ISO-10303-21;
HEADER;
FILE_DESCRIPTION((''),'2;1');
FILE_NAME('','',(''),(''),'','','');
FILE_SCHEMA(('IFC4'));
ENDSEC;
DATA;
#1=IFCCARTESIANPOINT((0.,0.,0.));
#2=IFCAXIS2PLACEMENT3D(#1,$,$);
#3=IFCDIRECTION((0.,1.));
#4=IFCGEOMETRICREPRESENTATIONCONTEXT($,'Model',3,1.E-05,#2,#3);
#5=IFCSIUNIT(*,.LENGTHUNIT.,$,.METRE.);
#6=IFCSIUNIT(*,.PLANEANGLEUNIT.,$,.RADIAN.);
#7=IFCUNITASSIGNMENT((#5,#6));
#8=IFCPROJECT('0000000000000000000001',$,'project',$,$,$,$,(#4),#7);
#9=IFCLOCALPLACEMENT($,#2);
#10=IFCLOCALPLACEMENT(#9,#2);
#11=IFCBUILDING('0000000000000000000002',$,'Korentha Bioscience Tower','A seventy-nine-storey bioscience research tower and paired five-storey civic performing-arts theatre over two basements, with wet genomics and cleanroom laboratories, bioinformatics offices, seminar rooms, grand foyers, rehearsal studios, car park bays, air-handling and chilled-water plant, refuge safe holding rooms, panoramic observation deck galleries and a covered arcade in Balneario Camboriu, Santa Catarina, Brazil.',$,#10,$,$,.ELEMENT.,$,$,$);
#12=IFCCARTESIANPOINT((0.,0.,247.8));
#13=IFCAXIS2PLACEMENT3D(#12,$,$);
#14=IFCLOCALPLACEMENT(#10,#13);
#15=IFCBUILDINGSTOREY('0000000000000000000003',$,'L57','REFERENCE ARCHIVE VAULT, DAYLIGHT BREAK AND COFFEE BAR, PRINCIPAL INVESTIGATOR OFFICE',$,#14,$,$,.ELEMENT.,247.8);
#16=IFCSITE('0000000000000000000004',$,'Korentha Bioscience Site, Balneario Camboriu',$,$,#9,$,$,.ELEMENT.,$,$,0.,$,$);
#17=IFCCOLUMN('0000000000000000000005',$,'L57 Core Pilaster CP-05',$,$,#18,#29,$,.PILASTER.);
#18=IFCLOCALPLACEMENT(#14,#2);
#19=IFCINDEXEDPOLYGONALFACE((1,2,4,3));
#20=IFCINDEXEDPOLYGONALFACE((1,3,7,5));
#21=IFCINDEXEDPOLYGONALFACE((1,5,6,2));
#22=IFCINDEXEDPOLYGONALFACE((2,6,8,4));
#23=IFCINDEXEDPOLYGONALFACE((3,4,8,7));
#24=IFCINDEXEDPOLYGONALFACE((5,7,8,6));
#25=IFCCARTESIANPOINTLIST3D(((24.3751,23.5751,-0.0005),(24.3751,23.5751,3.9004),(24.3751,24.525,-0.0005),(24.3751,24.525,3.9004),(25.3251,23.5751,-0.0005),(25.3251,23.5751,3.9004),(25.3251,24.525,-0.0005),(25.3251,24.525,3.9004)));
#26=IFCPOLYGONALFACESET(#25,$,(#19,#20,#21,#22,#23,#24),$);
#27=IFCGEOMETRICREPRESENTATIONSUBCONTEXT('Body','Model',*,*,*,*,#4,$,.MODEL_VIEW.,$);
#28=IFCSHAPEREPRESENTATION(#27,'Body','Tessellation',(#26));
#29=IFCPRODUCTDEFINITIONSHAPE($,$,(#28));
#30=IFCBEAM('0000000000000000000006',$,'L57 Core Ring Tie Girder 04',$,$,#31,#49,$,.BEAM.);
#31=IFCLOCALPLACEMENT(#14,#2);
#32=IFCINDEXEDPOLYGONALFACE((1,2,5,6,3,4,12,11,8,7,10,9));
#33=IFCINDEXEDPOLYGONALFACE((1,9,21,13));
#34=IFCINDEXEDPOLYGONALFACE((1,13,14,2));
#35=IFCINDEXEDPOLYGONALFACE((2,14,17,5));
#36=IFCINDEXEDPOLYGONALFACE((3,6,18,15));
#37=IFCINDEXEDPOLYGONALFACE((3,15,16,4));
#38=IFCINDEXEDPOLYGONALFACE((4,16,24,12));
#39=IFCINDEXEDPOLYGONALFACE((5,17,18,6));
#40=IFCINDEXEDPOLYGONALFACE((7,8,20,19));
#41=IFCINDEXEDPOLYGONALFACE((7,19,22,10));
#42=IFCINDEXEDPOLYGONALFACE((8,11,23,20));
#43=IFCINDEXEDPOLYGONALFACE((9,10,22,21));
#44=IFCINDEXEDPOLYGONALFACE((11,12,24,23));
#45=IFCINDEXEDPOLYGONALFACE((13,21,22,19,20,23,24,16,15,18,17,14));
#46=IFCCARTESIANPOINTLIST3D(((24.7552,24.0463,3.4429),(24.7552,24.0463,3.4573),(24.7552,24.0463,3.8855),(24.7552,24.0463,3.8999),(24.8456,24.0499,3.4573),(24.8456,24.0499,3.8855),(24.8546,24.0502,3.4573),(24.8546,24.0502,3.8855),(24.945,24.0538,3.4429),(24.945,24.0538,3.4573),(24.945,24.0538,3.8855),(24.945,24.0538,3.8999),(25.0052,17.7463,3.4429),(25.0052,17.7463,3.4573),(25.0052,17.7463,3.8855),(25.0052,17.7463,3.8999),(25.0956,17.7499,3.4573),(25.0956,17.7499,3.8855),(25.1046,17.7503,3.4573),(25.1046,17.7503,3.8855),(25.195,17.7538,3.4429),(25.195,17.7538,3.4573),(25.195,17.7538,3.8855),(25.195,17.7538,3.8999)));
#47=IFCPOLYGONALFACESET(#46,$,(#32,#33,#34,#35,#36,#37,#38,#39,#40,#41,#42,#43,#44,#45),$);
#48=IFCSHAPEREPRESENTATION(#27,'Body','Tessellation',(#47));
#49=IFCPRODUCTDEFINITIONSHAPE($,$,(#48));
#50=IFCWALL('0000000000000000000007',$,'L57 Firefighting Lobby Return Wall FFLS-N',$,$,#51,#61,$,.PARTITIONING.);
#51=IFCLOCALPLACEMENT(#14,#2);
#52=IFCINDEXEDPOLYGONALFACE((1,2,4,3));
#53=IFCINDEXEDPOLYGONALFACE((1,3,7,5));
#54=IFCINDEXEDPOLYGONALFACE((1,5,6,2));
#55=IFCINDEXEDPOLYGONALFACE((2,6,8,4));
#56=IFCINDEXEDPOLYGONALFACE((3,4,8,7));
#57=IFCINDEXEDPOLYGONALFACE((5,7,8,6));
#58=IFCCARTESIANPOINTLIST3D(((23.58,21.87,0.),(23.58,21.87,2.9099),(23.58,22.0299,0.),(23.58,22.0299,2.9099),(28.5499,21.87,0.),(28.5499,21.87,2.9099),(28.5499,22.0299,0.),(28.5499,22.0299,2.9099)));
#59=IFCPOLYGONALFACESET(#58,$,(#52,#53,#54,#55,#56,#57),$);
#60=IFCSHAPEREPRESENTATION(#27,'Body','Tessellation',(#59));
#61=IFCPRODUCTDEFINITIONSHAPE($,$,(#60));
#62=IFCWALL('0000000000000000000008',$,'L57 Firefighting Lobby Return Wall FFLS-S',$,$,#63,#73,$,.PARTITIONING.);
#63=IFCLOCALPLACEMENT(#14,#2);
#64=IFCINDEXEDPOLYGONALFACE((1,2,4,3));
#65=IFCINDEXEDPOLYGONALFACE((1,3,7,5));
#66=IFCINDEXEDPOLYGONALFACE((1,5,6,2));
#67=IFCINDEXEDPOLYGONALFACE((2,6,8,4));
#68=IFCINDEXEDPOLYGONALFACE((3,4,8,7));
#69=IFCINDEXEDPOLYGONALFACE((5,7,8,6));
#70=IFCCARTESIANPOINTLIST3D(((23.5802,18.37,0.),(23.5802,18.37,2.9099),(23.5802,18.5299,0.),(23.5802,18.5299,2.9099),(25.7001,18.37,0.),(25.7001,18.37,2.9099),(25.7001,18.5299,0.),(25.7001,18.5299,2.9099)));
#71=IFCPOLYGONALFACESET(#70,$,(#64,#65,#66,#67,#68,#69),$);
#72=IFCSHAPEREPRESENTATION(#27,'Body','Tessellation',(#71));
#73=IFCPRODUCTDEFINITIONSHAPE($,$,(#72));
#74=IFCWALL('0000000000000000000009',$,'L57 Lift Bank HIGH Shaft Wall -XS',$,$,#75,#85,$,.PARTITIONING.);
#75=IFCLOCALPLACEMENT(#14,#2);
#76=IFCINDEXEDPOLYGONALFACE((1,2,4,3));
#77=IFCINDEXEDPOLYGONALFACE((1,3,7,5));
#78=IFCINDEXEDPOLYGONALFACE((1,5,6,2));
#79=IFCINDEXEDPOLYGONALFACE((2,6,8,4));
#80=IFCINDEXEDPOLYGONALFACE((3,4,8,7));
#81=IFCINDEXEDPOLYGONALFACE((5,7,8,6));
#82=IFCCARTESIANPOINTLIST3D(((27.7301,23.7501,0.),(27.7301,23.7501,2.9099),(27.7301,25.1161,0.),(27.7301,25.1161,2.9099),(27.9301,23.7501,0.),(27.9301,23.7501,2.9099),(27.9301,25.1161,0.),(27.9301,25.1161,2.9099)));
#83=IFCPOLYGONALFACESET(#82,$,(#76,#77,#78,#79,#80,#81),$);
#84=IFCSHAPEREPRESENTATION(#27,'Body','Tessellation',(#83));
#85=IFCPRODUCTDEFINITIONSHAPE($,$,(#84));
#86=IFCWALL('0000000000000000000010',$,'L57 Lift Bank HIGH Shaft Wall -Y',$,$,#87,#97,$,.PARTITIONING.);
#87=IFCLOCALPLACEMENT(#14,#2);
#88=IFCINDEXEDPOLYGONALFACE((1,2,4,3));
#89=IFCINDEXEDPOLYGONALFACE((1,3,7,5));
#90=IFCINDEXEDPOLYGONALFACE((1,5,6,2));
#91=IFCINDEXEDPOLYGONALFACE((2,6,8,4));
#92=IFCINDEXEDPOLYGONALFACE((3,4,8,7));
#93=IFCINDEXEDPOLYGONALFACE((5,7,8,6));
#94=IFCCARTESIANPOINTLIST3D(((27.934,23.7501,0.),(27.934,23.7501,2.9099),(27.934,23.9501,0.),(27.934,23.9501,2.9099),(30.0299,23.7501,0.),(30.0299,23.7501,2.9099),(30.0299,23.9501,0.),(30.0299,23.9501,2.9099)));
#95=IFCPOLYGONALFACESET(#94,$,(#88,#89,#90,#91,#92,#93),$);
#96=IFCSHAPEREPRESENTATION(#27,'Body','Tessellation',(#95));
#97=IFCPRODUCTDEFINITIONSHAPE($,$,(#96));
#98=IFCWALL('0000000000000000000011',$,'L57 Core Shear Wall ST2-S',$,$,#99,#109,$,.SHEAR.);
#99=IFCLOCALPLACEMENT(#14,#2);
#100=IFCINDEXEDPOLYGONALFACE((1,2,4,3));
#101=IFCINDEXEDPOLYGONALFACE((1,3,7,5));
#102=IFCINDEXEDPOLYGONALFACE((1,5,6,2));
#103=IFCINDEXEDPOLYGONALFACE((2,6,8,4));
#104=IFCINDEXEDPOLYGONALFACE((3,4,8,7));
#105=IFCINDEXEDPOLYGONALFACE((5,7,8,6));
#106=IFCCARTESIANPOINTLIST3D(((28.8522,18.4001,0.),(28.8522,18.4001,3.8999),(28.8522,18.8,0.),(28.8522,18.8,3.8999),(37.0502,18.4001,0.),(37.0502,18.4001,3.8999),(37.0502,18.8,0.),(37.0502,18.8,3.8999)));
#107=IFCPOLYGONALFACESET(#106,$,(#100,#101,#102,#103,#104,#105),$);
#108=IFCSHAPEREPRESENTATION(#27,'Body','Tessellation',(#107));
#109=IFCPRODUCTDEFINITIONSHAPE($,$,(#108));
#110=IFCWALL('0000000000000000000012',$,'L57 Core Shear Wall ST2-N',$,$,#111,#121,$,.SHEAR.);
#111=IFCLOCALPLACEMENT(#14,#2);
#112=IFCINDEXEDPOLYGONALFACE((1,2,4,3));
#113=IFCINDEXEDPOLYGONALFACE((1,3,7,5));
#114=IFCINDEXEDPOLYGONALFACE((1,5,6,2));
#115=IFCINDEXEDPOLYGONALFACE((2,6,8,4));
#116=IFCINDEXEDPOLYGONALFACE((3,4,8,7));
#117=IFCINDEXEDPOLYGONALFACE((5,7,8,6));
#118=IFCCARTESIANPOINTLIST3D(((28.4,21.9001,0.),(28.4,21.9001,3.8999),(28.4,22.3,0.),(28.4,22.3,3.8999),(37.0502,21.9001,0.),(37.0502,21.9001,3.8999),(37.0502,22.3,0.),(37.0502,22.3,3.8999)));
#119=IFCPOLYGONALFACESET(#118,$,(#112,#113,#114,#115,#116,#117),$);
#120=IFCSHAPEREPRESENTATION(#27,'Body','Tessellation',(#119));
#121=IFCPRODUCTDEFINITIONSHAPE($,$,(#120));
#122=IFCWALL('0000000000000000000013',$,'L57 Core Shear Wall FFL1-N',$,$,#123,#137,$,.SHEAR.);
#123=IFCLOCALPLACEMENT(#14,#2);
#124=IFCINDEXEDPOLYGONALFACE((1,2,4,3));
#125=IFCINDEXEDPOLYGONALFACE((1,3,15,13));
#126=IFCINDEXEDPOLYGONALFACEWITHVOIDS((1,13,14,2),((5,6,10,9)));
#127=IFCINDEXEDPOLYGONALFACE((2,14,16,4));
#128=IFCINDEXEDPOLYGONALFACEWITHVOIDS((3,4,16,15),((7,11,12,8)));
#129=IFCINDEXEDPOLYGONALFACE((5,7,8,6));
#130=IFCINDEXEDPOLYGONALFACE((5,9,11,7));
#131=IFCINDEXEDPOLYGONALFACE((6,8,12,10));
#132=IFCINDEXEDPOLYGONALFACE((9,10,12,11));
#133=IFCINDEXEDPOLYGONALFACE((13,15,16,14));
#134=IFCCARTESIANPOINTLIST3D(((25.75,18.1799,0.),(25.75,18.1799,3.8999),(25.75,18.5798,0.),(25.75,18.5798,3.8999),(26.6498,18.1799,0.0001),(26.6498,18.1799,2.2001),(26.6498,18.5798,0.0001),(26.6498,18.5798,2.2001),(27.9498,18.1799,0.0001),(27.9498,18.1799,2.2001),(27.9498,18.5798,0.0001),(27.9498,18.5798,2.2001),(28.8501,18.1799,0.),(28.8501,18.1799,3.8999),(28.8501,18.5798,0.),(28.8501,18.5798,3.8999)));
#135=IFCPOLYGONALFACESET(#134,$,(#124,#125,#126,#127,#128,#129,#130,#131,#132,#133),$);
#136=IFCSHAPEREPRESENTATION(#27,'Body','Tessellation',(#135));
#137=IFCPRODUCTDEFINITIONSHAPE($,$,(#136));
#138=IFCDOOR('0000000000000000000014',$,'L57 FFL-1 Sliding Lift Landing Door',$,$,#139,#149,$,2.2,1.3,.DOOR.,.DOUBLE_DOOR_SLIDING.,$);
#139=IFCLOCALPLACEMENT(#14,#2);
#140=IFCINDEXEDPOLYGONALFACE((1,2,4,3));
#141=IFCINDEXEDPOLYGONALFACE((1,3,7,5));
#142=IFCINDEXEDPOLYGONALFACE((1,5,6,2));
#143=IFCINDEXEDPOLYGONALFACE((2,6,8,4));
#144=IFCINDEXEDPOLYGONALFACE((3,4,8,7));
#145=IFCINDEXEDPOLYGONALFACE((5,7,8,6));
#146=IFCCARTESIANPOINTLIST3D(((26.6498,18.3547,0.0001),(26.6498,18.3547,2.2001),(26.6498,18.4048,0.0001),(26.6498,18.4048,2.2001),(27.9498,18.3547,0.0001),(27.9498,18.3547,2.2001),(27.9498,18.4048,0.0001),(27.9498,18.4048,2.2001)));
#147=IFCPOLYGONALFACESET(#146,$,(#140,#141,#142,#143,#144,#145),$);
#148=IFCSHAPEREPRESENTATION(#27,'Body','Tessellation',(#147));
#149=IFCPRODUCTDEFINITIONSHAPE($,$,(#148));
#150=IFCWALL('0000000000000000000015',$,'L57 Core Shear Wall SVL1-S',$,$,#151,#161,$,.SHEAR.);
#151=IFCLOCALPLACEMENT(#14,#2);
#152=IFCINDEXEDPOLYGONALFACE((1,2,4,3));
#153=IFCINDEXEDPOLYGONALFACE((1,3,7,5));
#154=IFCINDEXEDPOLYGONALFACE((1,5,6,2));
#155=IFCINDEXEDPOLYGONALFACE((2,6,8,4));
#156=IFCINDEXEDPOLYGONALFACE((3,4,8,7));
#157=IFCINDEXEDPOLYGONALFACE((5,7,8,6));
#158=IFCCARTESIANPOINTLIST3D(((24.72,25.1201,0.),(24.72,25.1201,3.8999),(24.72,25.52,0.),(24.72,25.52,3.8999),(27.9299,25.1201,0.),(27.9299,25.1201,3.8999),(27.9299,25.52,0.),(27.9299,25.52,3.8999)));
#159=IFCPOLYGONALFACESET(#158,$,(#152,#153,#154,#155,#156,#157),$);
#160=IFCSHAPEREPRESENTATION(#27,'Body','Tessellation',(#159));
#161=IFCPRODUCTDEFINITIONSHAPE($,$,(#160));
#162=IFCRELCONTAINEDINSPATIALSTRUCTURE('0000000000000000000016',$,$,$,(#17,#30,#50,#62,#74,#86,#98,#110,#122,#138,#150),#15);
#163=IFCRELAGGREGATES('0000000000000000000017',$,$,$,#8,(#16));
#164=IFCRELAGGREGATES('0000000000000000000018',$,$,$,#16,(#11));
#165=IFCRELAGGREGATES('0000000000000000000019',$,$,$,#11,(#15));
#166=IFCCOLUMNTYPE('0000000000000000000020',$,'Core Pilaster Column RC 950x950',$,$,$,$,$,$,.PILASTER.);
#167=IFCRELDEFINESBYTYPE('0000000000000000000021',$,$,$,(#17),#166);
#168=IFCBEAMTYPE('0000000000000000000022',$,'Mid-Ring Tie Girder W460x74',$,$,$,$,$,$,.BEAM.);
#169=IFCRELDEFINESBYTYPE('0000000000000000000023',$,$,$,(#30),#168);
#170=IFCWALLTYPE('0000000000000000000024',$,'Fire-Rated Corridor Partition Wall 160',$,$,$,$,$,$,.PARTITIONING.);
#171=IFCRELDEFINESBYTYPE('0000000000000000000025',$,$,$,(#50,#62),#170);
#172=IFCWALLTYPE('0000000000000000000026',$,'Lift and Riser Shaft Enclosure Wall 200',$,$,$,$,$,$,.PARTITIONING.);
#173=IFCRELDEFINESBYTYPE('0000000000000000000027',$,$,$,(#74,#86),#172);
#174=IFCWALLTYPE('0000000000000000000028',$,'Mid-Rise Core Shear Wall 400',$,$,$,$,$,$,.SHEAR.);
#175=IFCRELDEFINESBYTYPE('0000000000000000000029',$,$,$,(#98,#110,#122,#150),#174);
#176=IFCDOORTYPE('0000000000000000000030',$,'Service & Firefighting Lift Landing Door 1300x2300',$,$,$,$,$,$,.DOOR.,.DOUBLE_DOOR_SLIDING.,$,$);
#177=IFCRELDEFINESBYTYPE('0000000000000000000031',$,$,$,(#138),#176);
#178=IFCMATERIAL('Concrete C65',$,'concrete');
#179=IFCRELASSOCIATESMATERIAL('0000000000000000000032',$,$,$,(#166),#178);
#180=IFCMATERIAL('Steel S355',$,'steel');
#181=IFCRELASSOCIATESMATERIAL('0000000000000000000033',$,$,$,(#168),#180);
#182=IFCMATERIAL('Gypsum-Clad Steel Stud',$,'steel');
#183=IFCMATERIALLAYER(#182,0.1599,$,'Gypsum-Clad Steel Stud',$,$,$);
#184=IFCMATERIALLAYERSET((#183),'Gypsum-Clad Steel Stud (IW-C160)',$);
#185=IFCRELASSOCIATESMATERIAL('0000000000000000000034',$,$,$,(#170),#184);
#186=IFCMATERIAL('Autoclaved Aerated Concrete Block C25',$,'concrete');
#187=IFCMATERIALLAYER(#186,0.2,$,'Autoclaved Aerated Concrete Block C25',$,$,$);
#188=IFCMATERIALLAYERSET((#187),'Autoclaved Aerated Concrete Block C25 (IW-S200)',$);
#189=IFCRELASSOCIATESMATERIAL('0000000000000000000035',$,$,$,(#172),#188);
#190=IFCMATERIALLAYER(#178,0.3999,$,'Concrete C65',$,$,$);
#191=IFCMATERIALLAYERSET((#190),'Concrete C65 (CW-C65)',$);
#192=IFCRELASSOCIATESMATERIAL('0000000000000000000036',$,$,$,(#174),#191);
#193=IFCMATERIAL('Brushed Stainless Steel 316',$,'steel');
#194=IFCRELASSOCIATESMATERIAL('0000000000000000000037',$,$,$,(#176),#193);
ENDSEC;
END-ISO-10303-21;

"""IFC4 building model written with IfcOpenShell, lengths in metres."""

from ifc_helpers import new_model, si_unit, direction, frame, frame_2d, origin, origin_2d, place, context, subcontext, project, spatial, rectangle, i_section, extrude, material, layer, layer_set, material_profile, profile_set, type_object, element, fill, save


model = new_model("IFC4")

# Units and contexts
model_context = context("Model", 3, precision=1e-05, world=origin(), true_north=direction((0.0, 1.0)))
body_context = subcontext(model_context, "Body", "Model", "MODEL_VIEW")
ifc_project = project(units=[si_unit("LENGTHUNIT", "METRE"), si_unit("PLANEANGLEUNIT", "RADIAN")], contexts=[model_context])

# Site, building, storey
site_placement = place(None, origin())
site = spatial("IfcSite", under=ifc_project, at=site_placement, Name="Korentha Bioscience Site, Balneario Camboriu", CompositionType="ELEMENT", RefElevation=0.0)
building_placement = place(site_placement, origin())
building = spatial("IfcBuilding", under=site, at=building_placement, Name="Korentha Bioscience Tower", Description="A seventy-nine-storey bioscience research tower and paired five-storey civic performing-arts theatre over two basements, with wet genomics and cleanroom laboratories, bioinformatics offices, seminar rooms, grand foyers, rehearsal studios, car park bays, air-handling and chilled-water plant, refuge safe holding rooms, panoramic observation deck galleries and a covered arcade in Balneario Camboriu, Santa Catarina, Brazil.", CompositionType="ELEMENT")
storey_placement = place(building_placement, frame((0.0, 0.0, 247.8)))
storey = spatial("IfcBuildingStorey", under=building, at=storey_placement, Name="L57", Description="REFERENCE ARCHIVE VAULT, DAYLIGHT BREAK AND COFFEE BAR, PRINCIPAL INVESTIGATOR OFFICE", CompositionType="ELEMENT", Elevation=247.8)

# Column
ifc_material_1 = material(Name="Concrete C65", Category="concrete")
ifc_material_profile_1 = material_profile(ifc_material_1, rectangle(XDim=0.95, YDim=0.95, at=origin_2d()), Name="Concrete C65")
ifc_profile_set_1 = profile_set([ifc_material_profile_1], Name="Concrete C65 (COL-CP09)")
column_type = type_object("IfcColumnType", Name="Core Pilaster Column RC 950x950", PredefinedType="PILASTER", material=ifc_profile_set_1)
column_placement = place(storey_placement, frame((24.8501, 24.05, -0.0005), z_axis=(0.0, 0.0, 1.0), x_axis=(1.0, 0.0, 0.0)))
element("IfcColumn", 1, at=column_placement, inside=storey, type_object=column_type, Name="L57 Core Pilaster CP-05", PredefinedType="PILASTER", context=body_context, shape_type="SweptSolid", body=[
    extrude(rectangle(XDim=0.95, YDim=0.95, at=origin_2d()), origin(), (0.0, 0.0, 1.0), 3.9009),
])

# Beam
ifc_material_2 = material(Name="Steel S355", Category="steel")
ifc_material_profile_2 = material_profile(ifc_material_2, i_section(OverallWidth=0.1899, OverallDepth=0.457, WebThickness=0.009, FlangeThickness=0.0144, at=origin_2d()), Name="Steel S355")
ifc_profile_set_2 = profile_set([ifc_material_profile_2], Name="Steel S355 (MB-460)")
beam_type = type_object("IfcBeamType", Name="Mid-Ring Tie Girder W460x74", PredefinedType="BEAM", material=ifc_profile_set_2)
beam_placement = place(storey_placement, frame((24.8501, 24.05, 3.6714), z_axis=(0.039651, -0.999214, 0.0), x_axis=(0.999214, 0.039651, 0.0)))
element("IfcBeam", 2, at=beam_placement, inside=storey, type_object=beam_type, Name="L57 Core Ring Tie Girder 04", PredefinedType="BEAM", context=body_context, shape_type="SweptSolid", body=[
    extrude(i_section(OverallWidth=0.1899, OverallDepth=0.457, WebThickness=0.009, FlangeThickness=0.0144, at=origin_2d()), origin(), (0.0, 0.0, 1.0), 6.3049),
])

# Walls
ifc_material_3 = material(Name="Gypsum-Clad Steel Stud", Category="steel")
ifc_layer_1 = layer(ifc_material_3, 0.1599, Name="Gypsum-Clad Steel Stud")
ifc_layer_set_1 = layer_set([ifc_layer_1], Name="Gypsum-Clad Steel Stud (IW-C160)")
wall_type_1 = type_object("IfcWallType", Name="Fire-Rated Corridor Partition Wall 160", PredefinedType="PARTITIONING", material=ifc_layer_set_1)
wall_1_placement = place(storey_placement, frame((23.5801, 21.95, 0.0), z_axis=(0.0, 0.0, 1.0), x_axis=(1.0, 0.0, 0.0)))
element("IfcWall", 3, at=wall_1_placement, inside=storey, type_object=wall_type_1, Name="L57 Firefighting Lobby Return Wall FFLS-N", PredefinedType="PARTITIONING", context=body_context, shape_type="SweptSolid", body=[
    extrude(rectangle(XDim=4.97, YDim=0.1599, at=frame_2d((2.4849, 0.0))), origin(), (0.0, 0.0, 1.0), 2.9099),
])
wall_2_placement = place(storey_placement, frame((23.5801, 18.45, 0.0), z_axis=(0.0, 0.0, 1.0), x_axis=(1.0, 0.0, 0.0)))
element("IfcWall", 4, at=wall_2_placement, inside=storey, type_object=wall_type_1, Name="L57 Firefighting Lobby Return Wall FFLS-S", PredefinedType="PARTITIONING", context=body_context, shape_type="SweptSolid", body=[
    extrude(rectangle(XDim=2.1199, YDim=0.1599, at=frame_2d((1.0601, 0.0))), origin(), (0.0, 0.0, 1.0), 2.9099),
])
ifc_material_4 = material(Name="Autoclaved Aerated Concrete Block C25", Category="concrete")
ifc_layer_2 = layer(ifc_material_4, 0.2, Name="Autoclaved Aerated Concrete Block C25")
ifc_layer_set_2 = layer_set([ifc_layer_2], Name="Autoclaved Aerated Concrete Block C25 (IW-S200)")
wall_type_2 = type_object("IfcWallType", Name="Lift and Riser Shaft Enclosure Wall 200", PredefinedType="PARTITIONING", material=ifc_layer_set_2)
wall_3_placement = place(storey_placement, frame((27.8301, 23.75, 0.0), z_axis=(0.0, 0.0, 1.0), x_axis=(0.0, 1.0, 0.0)))
element("IfcWall", 5, at=wall_3_placement, inside=storey, type_object=wall_type_2, Name="L57 Lift Bank HIGH Shaft Wall -XS", PredefinedType="PARTITIONING", context=body_context, shape_type="SweptSolid", body=[
    extrude(rectangle(XDim=1.366, YDim=0.2, at=frame_2d((0.6831, 0.0))), origin(), (0.0, 0.0, 1.0), 2.9099),
])
wall_4_placement = place(storey_placement, frame((27.9341, 23.8501, 0.0), z_axis=(0.0, 0.0, 1.0), x_axis=(1.0, 0.0, 0.0)))
element("IfcWall", 6, at=wall_4_placement, inside=storey, type_object=wall_type_2, Name="L57 Lift Bank HIGH Shaft Wall -Y", PredefinedType="PARTITIONING", context=body_context, shape_type="SweptSolid", body=[
    extrude(rectangle(XDim=2.0959, YDim=0.2, at=frame_2d((1.0479, 0.0))), origin(), (0.0, 0.0, 1.0), 2.9099),
])
ifc_layer_3 = layer(ifc_material_1, 0.3999, Name="Concrete C65")
ifc_layer_set_3 = layer_set([ifc_layer_3], Name="Concrete C65 (CW-C65)")
wall_type_3 = type_object("IfcWallType", Name="Mid-Rise Core Shear Wall 400", PredefinedType="SHEAR", material=ifc_layer_set_3)
wall_5_placement = place(storey_placement, frame((28.8521, 18.6001, 0.0), z_axis=(0.0, 0.0, 1.0), x_axis=(1.0, 0.0, 0.0)))
element("IfcWall", 7, at=wall_5_placement, inside=storey, type_object=wall_type_3, Name="L57 Core Shear Wall ST2-S", PredefinedType="SHEAR", context=body_context, shape_type="SweptSolid", body=[
    extrude(rectangle(XDim=8.198, YDim=0.3999, at=frame_2d((4.0991, 0.0))), origin(), (0.0, 0.0, 1.0), 3.8999),
])
wall_6_placement = place(storey_placement, frame((28.3999, 22.1001, 0.0), z_axis=(0.0, 0.0, 1.0), x_axis=(1.0, 0.0, 0.0)))
element("IfcWall", 8, at=wall_6_placement, inside=storey, type_object=wall_type_3, Name="L57 Core Shear Wall ST2-N", PredefinedType="SHEAR", context=body_context, shape_type="SweptSolid", body=[
    extrude(rectangle(XDim=8.6501, YDim=0.3999, at=frame_2d((4.3252, 0.0))), origin(), (0.0, 0.0, 1.0), 3.8999),
])

# Wall, opening, door
wall_7_placement = place(storey_placement, frame((25.75, 18.3799, 0.0), z_axis=(0.0, 0.0, 1.0), x_axis=(1.0, 0.0, 0.0)))
wall_7 = element("IfcWall", 9, at=wall_7_placement, inside=storey, type_object=wall_type_3, Name="L57 Core Shear Wall FFL1-N", PredefinedType="SHEAR", context=body_context, shape_type="SweptSolid", body=[
    extrude(rectangle(XDim=3.1001, YDim=0.3999, at=frame_2d((1.55, 0.0))), origin(), (0.0, 0.0, 1.0), 3.8999),
])
opening_1_placement = place(wall_7_placement, frame((0.8999, 0.0, 0.0)))
opening_1 = element("IfcOpeningElement", 10, at=opening_1_placement, cuts=wall_7, PredefinedType="OPENING", context=body_context, shape_type="SweptSolid", body=[
    extrude(rectangle(XDim=1.3, YDim=2.2, at=frame_2d((0.6499, 1.1001))), frame((0.0, 0.2148, 0.0), z_axis=(0.0, -1.0, 0.0), x_axis=(1.0, 0.0, 0.0)), (0.0, 0.0, 1.0), 0.4297),
])
ifc_material_5 = material(Name="Brushed Stainless Steel 316", Category="steel")
door_type_1 = type_object("IfcDoorType", Name="Service & Firefighting Lift Landing Door 1300x2300", OperationType="DOUBLE_DOOR_SLIDING", PredefinedType="DOOR", material=ifc_material_5)
door_1_placement = place(opening_1_placement, origin())
door_1 = element("IfcDoor", 11, at=door_1_placement, inside=storey, type_object=door_type_1, Name="L57 FFL-1 Sliding Lift Landing Door", OperationType="DOUBLE_DOOR_SLIDING", OverallHeight=2.2, OverallWidth=1.3, PredefinedType="DOOR", context=body_context, shape_type="SweptSolid", body=[
    extrude(rectangle(XDim=1.3, YDim=2.2, at=frame_2d((0.6499, 1.1001))), frame((0.0, 0.0249, 0.0), z_axis=(0.0, -1.0, 0.0), x_axis=(1.0, 0.0, 0.0)), (0.0, 0.0, 1.0), 0.05),
])
fill(opening_1, door_1)

# Wall
wall_8_placement = place(storey_placement, frame((24.72, 25.3201, 0.0), z_axis=(0.0, 0.0, 1.0), x_axis=(1.0, 0.0, 0.0)))
element("IfcWall", 12, at=wall_8_placement, inside=storey, type_object=wall_type_3, Name="L57 Core Shear Wall SVL1-S", PredefinedType="SHEAR", context=body_context, shape_type="SweptSolid", body=[
    extrude(rectangle(XDim=3.21, YDim=0.3999, at=frame_2d((1.605, 0.0))), origin(), (0.0, 0.0, 1.0), 3.8999),
])

save(model, "model.ifc")
